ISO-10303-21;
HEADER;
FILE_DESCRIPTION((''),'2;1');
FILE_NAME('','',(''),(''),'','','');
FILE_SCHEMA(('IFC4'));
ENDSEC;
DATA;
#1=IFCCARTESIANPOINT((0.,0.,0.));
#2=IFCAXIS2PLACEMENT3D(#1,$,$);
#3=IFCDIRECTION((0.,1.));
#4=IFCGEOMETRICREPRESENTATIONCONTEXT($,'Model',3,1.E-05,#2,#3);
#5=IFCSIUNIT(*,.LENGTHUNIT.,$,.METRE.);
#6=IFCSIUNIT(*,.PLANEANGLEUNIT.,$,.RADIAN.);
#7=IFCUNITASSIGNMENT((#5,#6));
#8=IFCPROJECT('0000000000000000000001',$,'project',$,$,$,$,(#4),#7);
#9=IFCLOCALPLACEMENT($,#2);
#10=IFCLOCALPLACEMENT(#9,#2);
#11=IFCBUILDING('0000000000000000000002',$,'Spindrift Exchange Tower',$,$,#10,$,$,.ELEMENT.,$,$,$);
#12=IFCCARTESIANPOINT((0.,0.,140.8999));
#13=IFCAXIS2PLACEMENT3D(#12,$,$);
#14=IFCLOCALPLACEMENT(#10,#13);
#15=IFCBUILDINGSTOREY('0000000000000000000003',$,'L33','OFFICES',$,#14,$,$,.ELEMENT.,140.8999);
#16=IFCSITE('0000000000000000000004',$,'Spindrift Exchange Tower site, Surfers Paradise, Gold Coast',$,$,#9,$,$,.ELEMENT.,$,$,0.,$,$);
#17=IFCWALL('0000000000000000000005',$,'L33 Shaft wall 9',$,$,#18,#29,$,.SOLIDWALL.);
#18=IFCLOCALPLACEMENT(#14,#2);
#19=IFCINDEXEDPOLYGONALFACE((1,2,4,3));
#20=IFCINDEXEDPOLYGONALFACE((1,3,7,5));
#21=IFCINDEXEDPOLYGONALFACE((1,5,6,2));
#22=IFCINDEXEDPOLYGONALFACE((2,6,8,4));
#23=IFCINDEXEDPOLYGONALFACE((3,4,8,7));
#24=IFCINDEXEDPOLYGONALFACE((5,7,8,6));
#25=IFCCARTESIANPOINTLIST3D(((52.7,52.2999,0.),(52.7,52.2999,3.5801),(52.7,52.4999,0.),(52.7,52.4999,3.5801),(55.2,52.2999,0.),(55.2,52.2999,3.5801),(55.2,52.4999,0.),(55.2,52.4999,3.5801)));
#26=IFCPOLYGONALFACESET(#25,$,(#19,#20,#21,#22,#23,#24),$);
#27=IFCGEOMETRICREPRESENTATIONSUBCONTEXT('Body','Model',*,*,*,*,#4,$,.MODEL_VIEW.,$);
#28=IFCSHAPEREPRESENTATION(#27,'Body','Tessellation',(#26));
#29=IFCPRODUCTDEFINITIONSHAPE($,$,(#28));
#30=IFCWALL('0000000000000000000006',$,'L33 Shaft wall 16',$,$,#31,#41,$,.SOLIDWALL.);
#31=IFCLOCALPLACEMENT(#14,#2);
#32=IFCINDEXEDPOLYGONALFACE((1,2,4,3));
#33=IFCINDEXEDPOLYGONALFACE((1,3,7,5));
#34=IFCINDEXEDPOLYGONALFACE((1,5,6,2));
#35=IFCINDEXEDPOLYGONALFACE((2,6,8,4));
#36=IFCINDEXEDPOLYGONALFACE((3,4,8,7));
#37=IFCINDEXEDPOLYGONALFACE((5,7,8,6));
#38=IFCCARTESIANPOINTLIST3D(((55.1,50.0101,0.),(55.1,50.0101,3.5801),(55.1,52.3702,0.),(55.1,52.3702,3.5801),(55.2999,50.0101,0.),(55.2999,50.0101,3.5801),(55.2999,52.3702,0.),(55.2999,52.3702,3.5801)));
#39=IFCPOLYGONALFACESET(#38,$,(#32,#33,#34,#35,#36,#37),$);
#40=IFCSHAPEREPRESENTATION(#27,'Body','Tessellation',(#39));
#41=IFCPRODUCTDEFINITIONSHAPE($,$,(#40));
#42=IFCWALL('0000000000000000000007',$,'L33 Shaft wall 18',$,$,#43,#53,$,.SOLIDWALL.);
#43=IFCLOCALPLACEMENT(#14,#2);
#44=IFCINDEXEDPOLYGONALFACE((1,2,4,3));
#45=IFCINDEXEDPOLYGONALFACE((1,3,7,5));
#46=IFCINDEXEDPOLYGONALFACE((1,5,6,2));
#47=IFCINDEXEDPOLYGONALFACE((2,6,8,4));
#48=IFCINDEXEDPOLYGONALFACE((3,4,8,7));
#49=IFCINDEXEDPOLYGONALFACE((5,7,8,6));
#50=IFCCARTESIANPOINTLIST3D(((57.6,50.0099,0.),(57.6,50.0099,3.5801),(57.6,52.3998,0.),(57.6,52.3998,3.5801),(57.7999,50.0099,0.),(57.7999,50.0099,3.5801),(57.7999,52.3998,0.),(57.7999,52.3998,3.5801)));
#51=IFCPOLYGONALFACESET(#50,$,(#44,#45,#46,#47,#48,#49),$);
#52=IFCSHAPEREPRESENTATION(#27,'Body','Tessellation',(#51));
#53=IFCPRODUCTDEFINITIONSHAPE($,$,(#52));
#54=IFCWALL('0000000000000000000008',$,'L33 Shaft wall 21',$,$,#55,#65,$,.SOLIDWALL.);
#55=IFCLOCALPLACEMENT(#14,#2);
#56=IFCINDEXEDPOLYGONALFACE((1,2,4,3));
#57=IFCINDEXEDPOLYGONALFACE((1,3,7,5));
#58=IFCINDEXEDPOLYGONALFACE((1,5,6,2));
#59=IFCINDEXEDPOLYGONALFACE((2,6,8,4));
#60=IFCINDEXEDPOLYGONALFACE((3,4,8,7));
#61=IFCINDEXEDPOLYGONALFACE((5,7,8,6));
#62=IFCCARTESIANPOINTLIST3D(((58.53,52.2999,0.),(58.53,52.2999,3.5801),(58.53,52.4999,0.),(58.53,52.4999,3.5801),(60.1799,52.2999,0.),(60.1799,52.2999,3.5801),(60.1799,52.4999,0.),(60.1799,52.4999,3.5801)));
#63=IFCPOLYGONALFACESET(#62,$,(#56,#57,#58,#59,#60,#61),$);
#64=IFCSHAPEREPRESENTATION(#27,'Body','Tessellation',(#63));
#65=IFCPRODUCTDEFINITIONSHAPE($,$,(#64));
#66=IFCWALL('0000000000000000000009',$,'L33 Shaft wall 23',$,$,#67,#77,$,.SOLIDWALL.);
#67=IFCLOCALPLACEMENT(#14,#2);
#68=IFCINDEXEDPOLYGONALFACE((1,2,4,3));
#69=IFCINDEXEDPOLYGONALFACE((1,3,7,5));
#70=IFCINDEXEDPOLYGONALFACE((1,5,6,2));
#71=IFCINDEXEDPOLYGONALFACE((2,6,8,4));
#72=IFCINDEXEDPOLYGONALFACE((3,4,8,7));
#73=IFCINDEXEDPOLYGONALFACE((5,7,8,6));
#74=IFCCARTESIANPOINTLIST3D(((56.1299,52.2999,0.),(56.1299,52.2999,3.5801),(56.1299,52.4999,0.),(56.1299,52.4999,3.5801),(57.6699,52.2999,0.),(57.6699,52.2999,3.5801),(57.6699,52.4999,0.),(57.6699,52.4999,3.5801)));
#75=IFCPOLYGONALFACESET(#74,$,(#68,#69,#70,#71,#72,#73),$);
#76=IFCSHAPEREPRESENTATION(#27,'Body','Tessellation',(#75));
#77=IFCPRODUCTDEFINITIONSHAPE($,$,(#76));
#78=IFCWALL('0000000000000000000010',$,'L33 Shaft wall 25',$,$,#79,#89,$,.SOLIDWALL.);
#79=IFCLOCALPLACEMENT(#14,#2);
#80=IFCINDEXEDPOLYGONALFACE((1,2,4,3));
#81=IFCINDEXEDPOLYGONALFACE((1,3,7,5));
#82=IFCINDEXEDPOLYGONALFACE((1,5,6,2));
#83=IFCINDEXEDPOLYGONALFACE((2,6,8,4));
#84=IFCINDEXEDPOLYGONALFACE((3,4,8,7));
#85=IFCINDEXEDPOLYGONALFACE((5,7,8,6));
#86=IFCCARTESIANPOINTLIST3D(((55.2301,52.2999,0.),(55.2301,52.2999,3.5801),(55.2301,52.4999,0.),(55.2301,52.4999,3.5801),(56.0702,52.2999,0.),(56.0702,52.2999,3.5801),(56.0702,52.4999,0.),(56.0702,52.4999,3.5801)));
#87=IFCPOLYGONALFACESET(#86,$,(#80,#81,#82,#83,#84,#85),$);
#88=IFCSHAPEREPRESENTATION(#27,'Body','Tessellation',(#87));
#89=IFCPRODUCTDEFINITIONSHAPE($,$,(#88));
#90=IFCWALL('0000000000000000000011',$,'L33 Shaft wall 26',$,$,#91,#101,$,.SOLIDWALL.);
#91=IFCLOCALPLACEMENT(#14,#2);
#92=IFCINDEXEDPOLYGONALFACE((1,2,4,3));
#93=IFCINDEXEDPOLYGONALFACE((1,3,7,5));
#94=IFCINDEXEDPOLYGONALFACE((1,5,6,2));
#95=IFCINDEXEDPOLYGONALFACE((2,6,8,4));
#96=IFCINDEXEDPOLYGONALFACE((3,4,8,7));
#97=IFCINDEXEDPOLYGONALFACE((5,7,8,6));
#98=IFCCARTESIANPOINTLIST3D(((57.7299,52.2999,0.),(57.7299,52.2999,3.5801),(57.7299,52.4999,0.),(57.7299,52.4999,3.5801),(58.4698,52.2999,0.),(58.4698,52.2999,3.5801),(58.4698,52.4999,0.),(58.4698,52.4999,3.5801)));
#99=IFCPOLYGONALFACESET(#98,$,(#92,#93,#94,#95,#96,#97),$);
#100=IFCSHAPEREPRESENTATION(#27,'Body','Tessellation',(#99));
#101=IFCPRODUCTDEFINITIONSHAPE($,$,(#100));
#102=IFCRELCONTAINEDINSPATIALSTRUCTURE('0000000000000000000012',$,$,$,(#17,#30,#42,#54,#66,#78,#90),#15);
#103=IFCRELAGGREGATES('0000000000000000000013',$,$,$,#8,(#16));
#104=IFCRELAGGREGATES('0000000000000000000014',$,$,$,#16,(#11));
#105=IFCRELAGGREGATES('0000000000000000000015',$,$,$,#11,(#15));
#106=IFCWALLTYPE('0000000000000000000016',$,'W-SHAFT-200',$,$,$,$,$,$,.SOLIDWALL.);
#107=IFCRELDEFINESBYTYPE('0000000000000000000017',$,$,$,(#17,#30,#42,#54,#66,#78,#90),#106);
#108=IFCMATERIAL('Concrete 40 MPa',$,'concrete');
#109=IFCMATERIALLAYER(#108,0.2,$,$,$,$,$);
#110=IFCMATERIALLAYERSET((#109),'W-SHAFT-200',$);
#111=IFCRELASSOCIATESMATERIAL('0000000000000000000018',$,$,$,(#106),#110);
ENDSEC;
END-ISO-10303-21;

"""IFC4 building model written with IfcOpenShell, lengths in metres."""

from ifc_helpers import new_model, si_unit, direction, frame, frame_2d, origin, place, context, subcontext, project, spatial, rectangle, extrude, material, layer, layer_set, type_object, element, save


model = new_model("IFC4")

# Units and contexts
model_context = context("Model", 3, precision=1e-05, world=origin(), true_north=direction((0.0, 1.0)))
body_context = subcontext(model_context, "Body", "Model", "MODEL_VIEW")
ifc_project = project(units=[si_unit("LENGTHUNIT", "METRE"), si_unit("PLANEANGLEUNIT", "RADIAN")], contexts=[model_context])

# Site, building, storey
site_placement = place(None, origin())
site = spatial("IfcSite", under=ifc_project, at=site_placement, Name="Spindrift Exchange Tower site, Surfers Paradise, Gold Coast", CompositionType="ELEMENT", RefElevation=0.0)
building_placement = place(site_placement, origin())
building = spatial("IfcBuilding", under=site, at=building_placement, Name="Spindrift Exchange Tower", CompositionType="ELEMENT")
storey_placement = place(building_placement, frame((0.0, 0.0, 140.8999)))
storey = spatial("IfcBuildingStorey", under=building, at=storey_placement, Name="L33", Description="OFFICES", CompositionType="ELEMENT", Elevation=140.8999)

# Shared definitions
ifc_material_1 = material(Name="Concrete 40 MPa", Category="concrete")
ifc_layer_1 = layer(ifc_material_1, 0.2)
ifc_layer_set_1 = layer_set([ifc_layer_1], Name="W-SHAFT-200")
wall_type_1 = type_object("IfcWallType", Name="W-SHAFT-200", PredefinedType="SOLIDWALL", material=ifc_layer_set_1)

# Walls
wall_1_placement = place(storey_placement, frame((55.2, 52.3999, 0.0), z_axis=(0.0, 0.0, 1.0), x_axis=(-1.0, 0.0, 0.0)))
element("IfcWall", 1, at=wall_1_placement, inside=storey, type_object=wall_type_1, Name="L33 Shaft wall 9", PredefinedType="SOLIDWALL", context=body_context, shape_type="SweptSolid", body=[
    extrude(rectangle(XDim=2.5, YDim=0.2, at=frame_2d((1.25, 0.0))), origin(), (0.0, 0.0, 1.0), 3.5801),
])
wall_2_placement = place(storey_placement, frame((55.2, 50.01, 0.0), z_axis=(0.0, 0.0, 1.0), x_axis=(0.0, 1.0, 0.0)))
element("IfcWall", 2, at=wall_2_placement, inside=storey, type_object=wall_type_1, Name="L33 Shaft wall 16", PredefinedType="SOLIDWALL", context=body_context, shape_type="SweptSolid", body=[
    extrude(rectangle(XDim=2.3601, YDim=0.2, at=frame_2d((1.1802, 0.0))), origin(), (0.0, 0.0, 1.0), 3.5801),
])
wall_3_placement = place(storey_placement, frame((57.7, 50.01, 0.0), z_axis=(0.0, 0.0, 1.0), x_axis=(0.0, 1.0, 0.0)))
element("IfcWall", 3, at=wall_3_placement, inside=storey, type_object=wall_type_1, Name="L33 Shaft wall 18", PredefinedType="SOLIDWALL", context=body_context, shape_type="SweptSolid", body=[
    extrude(rectangle(XDim=2.3899, YDim=0.2, at=frame_2d((1.1948, 0.0))), origin(), (0.0, 0.0, 1.0), 3.5801),
])
wall_4_placement = place(storey_placement, frame((60.1799, 52.3999, 0.0), z_axis=(0.0, 0.0, 1.0), x_axis=(-1.0, 0.0, 0.0)))
element("IfcWall", 4, at=wall_4_placement, inside=storey, type_object=wall_type_1, Name="L33 Shaft wall 21", PredefinedType="SOLIDWALL", context=body_context, shape_type="SweptSolid", body=[
    extrude(rectangle(XDim=1.6499, YDim=0.2, at=frame_2d((0.825, 0.0))), origin(), (0.0, 0.0, 1.0), 3.5801),
])
wall_5_placement = place(storey_placement, frame((57.6699, 52.3999, 0.0), z_axis=(0.0, 0.0, 1.0), x_axis=(-1.0, 0.0, 0.0)))
element("IfcWall", 5, at=wall_5_placement, inside=storey, type_object=wall_type_1, Name="L33 Shaft wall 23", PredefinedType="SOLIDWALL", context=body_context, shape_type="SweptSolid", body=[
    extrude(rectangle(XDim=1.54, YDim=0.2, at=frame_2d((0.77, 0.0))), origin(), (0.0, 0.0, 1.0), 3.5801),
])
wall_6_placement = place(storey_placement, frame((56.0701, 52.3999, 0.0), z_axis=(0.0, 0.0, 1.0), x_axis=(-1.0, 0.0, 0.0)))
element("IfcWall", 6, at=wall_6_placement, inside=storey, type_object=wall_type_1, Name="L33 Shaft wall 25", PredefinedType="SOLIDWALL", context=body_context, shape_type="SweptSolid", body=[
    extrude(rectangle(XDim=0.8401, YDim=0.2, at=frame_2d((0.4199, 0.0))), origin(), (0.0, 0.0, 1.0), 3.5801),
])
wall_7_placement = place(storey_placement, frame((58.47, 52.3999, 0.0), z_axis=(0.0, 0.0, 1.0), x_axis=(-1.0, 0.0, 0.0)))
element("IfcWall", 7, at=wall_7_placement, inside=storey, type_object=wall_type_1, Name="L33 Shaft wall 26", PredefinedType="SOLIDWALL", context=body_context, shape_type="SweptSolid", body=[
    extrude(rectangle(XDim=0.74, YDim=0.2, at=frame_2d((0.3701, 0.0))), origin(), (0.0, 0.0, 1.0), 3.5801),
])

save(model, "model.ifc")
